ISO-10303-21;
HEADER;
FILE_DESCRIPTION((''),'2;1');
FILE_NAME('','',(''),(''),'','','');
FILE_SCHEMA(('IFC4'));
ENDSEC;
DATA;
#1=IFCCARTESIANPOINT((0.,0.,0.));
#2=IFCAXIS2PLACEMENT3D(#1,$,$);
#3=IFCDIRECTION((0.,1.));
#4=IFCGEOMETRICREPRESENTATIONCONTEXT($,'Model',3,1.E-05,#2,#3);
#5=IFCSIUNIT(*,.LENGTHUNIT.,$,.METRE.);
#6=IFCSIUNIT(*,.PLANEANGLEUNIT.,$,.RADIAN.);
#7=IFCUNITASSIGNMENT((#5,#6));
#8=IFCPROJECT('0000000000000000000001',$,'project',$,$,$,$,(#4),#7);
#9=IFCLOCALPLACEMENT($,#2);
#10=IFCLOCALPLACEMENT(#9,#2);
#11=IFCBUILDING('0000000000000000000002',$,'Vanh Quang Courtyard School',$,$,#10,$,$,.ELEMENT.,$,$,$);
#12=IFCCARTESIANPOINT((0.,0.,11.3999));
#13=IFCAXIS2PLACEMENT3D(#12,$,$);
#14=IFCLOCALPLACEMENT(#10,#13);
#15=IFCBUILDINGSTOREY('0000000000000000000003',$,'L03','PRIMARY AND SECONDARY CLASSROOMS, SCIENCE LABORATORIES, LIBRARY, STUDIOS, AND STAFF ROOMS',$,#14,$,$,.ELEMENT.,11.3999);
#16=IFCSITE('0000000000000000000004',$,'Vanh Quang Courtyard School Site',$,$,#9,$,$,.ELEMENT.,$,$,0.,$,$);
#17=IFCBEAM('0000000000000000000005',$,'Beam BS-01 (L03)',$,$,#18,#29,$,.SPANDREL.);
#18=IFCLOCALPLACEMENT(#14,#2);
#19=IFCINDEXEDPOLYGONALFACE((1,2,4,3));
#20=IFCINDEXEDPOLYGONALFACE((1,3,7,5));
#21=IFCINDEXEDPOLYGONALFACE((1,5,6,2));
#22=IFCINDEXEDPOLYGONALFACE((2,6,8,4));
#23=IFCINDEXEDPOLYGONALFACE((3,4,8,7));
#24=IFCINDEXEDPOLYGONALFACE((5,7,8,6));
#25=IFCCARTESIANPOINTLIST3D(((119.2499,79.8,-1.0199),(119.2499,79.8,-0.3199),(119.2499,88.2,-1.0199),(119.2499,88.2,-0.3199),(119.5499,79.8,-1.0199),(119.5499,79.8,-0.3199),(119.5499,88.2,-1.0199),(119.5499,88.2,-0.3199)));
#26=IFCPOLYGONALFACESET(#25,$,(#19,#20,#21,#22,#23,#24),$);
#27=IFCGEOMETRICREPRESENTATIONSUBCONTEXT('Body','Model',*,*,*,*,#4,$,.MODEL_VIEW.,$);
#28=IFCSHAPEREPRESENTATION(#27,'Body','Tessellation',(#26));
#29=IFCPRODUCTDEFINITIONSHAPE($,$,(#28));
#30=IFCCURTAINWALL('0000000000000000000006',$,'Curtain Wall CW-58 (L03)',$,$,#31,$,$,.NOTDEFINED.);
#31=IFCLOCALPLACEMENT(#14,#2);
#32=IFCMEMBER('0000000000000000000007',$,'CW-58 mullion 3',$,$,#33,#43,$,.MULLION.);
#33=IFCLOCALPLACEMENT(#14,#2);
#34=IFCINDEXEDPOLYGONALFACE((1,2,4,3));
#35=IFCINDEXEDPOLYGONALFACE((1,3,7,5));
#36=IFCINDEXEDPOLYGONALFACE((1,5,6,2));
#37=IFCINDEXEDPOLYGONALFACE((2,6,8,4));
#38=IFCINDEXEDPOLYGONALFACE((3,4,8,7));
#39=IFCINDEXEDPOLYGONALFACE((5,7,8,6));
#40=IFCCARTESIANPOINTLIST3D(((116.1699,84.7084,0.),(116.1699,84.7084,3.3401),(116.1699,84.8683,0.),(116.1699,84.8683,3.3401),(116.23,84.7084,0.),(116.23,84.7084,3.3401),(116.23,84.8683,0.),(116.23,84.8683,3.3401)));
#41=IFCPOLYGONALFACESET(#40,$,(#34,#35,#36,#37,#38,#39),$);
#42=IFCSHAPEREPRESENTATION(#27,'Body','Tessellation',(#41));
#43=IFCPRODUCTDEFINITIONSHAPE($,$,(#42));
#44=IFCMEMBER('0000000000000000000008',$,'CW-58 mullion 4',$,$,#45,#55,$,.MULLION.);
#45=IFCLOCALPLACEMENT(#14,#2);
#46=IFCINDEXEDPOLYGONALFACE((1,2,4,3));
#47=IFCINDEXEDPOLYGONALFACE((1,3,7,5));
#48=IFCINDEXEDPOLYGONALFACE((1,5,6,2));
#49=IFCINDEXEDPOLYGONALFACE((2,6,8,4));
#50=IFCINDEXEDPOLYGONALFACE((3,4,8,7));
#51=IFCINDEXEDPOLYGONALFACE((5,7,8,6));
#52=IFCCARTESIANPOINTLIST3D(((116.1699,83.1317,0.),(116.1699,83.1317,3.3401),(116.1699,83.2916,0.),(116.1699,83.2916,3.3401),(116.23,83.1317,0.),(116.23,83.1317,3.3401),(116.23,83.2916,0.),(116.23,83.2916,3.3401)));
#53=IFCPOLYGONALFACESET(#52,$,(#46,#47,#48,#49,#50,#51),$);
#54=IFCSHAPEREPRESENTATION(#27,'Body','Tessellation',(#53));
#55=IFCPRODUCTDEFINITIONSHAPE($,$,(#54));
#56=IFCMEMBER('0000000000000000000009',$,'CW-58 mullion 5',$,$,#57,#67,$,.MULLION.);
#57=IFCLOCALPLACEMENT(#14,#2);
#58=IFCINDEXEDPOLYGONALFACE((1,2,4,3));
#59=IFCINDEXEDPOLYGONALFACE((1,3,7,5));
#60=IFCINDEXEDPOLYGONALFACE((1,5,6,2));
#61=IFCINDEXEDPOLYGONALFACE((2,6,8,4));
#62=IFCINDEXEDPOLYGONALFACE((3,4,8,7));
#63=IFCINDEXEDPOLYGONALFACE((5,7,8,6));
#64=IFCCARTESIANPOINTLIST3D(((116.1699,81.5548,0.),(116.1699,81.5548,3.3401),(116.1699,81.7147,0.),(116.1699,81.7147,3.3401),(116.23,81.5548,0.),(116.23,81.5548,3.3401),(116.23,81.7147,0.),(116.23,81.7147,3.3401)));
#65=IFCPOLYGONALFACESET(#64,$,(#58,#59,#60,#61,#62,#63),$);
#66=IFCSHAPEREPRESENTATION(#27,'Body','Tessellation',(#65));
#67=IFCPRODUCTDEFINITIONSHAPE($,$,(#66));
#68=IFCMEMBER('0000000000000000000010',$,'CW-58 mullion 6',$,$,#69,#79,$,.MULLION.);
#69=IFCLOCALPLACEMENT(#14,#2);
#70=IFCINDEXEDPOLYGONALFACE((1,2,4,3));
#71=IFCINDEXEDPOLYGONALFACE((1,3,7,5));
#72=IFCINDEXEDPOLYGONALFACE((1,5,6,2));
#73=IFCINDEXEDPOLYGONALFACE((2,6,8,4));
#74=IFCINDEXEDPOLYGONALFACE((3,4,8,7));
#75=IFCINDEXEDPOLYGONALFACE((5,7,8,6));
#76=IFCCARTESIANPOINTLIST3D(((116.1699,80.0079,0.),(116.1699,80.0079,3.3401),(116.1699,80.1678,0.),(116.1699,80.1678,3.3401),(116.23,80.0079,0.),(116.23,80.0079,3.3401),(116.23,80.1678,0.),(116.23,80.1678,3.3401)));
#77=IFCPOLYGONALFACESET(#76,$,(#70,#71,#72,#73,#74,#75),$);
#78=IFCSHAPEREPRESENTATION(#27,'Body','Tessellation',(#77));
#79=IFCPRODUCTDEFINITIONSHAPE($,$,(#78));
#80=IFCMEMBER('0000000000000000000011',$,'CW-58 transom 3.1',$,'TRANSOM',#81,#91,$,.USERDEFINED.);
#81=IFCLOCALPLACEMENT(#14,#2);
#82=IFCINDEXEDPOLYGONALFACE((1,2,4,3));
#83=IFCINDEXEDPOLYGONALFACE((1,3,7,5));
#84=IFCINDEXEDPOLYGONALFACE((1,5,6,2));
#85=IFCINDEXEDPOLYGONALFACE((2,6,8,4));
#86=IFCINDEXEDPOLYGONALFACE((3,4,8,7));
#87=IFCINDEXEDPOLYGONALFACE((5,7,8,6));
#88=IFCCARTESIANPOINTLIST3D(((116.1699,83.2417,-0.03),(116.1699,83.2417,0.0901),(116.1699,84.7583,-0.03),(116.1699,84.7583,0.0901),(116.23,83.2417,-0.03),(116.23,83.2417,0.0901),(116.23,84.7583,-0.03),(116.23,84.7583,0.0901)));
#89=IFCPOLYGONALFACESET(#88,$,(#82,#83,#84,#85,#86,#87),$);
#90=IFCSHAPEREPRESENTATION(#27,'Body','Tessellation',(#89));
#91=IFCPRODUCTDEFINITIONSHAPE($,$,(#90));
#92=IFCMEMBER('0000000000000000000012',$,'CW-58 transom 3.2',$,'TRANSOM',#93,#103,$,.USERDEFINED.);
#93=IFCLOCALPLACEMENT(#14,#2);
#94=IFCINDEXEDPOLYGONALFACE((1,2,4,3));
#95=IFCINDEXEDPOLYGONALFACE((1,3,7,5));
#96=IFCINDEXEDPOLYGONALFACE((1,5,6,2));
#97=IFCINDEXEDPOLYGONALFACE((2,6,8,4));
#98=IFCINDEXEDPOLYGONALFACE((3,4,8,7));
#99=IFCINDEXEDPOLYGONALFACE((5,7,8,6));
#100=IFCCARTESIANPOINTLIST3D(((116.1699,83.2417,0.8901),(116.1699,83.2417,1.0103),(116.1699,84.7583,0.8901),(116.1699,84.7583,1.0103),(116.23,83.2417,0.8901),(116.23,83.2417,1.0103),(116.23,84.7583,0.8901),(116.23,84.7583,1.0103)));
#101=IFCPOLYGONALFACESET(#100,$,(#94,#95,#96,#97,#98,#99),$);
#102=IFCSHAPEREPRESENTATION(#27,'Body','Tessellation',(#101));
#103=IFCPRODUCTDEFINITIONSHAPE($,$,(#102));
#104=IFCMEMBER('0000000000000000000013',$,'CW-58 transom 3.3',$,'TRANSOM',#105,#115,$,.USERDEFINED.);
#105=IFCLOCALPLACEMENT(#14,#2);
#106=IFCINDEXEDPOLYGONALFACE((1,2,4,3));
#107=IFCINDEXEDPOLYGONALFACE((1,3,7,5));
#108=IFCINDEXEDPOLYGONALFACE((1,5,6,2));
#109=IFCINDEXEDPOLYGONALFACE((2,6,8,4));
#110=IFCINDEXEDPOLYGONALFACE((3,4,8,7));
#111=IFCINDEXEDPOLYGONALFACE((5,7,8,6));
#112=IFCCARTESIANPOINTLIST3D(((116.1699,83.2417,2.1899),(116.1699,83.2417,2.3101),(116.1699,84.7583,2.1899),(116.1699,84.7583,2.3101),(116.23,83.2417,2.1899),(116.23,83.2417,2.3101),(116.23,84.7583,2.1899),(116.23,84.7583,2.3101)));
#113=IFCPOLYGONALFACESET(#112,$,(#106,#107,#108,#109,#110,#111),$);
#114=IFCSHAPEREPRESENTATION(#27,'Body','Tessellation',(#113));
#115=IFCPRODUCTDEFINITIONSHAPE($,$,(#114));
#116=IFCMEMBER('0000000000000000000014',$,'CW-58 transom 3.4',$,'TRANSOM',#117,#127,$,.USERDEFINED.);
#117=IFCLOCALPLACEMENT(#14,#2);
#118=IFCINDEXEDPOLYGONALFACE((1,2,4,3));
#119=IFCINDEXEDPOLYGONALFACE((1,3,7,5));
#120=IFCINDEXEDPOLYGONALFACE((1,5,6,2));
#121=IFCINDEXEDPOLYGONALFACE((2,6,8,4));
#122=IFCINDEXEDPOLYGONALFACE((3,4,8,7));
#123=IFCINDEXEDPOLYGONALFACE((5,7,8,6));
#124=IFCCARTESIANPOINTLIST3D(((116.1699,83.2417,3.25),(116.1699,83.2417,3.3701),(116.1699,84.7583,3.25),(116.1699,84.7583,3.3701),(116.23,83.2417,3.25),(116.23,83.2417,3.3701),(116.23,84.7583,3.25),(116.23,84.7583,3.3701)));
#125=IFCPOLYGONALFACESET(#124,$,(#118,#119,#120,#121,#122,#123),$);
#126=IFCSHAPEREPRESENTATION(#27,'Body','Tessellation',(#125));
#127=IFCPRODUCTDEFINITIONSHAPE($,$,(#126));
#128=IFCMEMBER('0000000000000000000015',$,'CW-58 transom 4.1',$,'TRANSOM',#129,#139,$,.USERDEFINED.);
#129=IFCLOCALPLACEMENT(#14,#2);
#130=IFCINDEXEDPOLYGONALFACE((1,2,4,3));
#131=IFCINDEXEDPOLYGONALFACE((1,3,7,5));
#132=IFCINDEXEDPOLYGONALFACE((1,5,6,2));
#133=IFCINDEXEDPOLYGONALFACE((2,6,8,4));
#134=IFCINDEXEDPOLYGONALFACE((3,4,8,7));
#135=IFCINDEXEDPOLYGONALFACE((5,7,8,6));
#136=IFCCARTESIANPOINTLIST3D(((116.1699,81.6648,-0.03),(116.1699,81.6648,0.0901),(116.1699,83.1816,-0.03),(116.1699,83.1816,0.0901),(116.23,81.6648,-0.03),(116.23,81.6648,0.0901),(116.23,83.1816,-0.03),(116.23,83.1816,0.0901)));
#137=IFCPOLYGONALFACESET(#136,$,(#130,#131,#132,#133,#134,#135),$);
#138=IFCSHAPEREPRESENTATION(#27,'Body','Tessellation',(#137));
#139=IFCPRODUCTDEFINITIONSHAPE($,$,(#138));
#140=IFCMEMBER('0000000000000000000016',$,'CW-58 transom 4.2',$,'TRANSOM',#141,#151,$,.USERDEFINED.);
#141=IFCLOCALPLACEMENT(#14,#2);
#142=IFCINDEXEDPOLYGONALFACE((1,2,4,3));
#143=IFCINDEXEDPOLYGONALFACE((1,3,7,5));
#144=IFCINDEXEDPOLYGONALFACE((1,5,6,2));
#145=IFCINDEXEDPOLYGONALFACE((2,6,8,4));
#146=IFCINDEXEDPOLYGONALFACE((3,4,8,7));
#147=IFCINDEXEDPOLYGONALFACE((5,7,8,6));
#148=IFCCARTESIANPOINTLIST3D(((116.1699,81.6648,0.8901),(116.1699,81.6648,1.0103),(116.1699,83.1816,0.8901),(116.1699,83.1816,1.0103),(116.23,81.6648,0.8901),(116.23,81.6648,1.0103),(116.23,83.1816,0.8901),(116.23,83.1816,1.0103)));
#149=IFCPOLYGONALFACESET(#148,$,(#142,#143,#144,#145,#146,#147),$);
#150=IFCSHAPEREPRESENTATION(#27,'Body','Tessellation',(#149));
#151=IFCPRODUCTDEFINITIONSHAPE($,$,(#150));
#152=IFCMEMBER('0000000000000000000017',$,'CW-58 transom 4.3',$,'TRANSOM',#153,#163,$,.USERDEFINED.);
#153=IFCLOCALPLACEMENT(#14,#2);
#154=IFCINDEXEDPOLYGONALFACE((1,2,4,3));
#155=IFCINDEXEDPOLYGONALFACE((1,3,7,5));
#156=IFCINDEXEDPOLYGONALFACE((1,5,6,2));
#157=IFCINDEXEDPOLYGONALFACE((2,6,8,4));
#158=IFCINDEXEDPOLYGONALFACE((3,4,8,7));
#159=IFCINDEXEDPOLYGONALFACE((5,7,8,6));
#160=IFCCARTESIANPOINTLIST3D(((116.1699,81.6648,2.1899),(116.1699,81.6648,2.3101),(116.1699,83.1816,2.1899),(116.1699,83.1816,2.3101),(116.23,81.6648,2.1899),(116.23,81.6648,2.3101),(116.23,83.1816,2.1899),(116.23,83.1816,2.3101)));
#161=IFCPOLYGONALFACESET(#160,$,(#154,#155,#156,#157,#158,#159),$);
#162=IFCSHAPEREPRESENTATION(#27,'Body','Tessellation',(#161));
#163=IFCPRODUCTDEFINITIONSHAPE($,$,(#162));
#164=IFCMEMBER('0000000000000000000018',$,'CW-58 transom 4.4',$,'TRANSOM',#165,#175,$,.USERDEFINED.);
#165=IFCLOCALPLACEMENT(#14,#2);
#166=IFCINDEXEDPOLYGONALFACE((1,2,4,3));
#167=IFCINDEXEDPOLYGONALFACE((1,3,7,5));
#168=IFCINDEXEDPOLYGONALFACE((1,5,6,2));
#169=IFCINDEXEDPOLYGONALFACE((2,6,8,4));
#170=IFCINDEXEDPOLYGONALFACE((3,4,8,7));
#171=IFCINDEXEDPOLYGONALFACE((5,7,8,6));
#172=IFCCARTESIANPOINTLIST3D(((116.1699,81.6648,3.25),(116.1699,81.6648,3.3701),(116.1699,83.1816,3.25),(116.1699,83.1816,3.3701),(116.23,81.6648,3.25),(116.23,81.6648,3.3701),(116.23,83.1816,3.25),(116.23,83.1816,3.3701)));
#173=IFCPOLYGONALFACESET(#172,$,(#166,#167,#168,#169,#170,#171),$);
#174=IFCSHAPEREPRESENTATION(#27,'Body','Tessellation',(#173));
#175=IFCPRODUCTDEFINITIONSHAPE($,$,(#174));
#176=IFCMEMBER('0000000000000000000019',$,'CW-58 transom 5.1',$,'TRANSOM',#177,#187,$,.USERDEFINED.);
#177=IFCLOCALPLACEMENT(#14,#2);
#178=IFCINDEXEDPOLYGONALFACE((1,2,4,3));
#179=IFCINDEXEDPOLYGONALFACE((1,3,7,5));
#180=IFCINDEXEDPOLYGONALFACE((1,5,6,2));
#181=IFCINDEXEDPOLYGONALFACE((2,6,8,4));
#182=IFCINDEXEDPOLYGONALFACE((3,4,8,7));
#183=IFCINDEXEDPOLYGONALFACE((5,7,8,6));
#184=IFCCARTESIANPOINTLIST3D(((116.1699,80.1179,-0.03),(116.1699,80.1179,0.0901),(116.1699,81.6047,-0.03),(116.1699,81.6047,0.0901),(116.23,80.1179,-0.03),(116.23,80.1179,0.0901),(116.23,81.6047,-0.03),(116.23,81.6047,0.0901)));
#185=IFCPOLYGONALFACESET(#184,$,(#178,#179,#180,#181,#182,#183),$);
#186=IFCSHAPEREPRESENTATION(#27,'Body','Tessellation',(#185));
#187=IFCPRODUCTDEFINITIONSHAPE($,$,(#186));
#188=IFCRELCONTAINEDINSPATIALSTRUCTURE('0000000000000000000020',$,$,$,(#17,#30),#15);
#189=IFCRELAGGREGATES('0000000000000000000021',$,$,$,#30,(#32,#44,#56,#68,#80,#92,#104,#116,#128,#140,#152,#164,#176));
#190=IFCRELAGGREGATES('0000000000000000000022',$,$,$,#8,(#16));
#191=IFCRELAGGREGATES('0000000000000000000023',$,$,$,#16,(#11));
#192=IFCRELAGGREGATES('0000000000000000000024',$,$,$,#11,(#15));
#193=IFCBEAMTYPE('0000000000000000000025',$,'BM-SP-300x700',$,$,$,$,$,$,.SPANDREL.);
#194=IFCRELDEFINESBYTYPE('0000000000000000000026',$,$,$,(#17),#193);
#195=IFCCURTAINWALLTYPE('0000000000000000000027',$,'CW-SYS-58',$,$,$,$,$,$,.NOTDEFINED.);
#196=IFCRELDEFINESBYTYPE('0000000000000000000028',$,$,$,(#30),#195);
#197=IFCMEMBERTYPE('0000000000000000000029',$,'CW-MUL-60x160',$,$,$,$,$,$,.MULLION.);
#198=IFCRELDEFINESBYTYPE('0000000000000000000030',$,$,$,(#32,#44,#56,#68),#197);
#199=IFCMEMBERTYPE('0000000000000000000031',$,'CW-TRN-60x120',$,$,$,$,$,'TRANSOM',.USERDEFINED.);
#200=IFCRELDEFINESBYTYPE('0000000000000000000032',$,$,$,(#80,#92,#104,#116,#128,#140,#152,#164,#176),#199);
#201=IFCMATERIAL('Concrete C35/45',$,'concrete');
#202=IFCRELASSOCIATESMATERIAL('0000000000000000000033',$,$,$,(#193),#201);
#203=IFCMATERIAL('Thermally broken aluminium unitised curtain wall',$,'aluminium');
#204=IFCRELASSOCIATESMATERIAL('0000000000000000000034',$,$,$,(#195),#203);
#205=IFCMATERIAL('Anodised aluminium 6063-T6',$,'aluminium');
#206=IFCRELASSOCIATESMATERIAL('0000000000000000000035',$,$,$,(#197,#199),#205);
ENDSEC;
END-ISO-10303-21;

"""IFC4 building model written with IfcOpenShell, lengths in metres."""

from ifc_helpers import new_model, si_unit, direction, frame, origin, origin_2d, place, context, subcontext, project, spatial, rectangle, extrude, material, material_profile, profile_set, type_object, element, aggregate, save


model = new_model("IFC4")

# Units and contexts
model_context = context("Model", 3, precision=1e-05, world=origin(), true_north=direction((0.0, 1.0)))
body_context = subcontext(model_context, "Body", "Model", "MODEL_VIEW")
ifc_project = project(units=[si_unit("LENGTHUNIT", "METRE"), si_unit("PLANEANGLEUNIT", "RADIAN")], contexts=[model_context])

# Site, building, storey
site_placement = place(None, origin())
site = spatial("IfcSite", under=ifc_project, at=site_placement, Name="Vanh Quang Courtyard School Site", CompositionType="ELEMENT", RefElevation=0.0)
building_placement = place(site_placement, origin())
building = spatial("IfcBuilding", under=site, at=building_placement, Name="Vanh Quang Courtyard School", CompositionType="ELEMENT")
storey_placement = place(building_placement, frame((0.0, 0.0, 11.3999)))
storey = spatial("IfcBuildingStorey", under=building, at=storey_placement, Name="L03", Description="PRIMARY AND SECONDARY CLASSROOMS, SCIENCE LABORATORIES, LIBRARY, STUDIOS, AND STAFF ROOMS", CompositionType="ELEMENT", Elevation=11.3999)

# Beam
ifc_material_1 = material(Name="Concrete C35/45", Category="concrete")
ifc_material_profile_1 = material_profile(ifc_material_1, rectangle(XDim=0.3, YDim=0.7, at=origin_2d()), Name="RC-SP 300x700")
ifc_profile_set_1 = profile_set([ifc_material_profile_1], Name="Concrete C35/45")
beam_type = type_object("IfcBeamType", Name="BM-SP-300x700", PredefinedType="SPANDREL", material=ifc_profile_set_1)
beam_placement = place(storey_placement, frame((119.3999, 79.8, -0.6699), z_axis=(0.0, 1.0, 0.0), x_axis=(-1.0, 0.0, 0.0)))
element("IfcBeam", 1, at=beam_placement, inside=storey, type_object=beam_type, Name="Beam BS-01 (L03)", PredefinedType="SPANDREL", context=body_context, shape_type="SweptSolid", body=[
    extrude(rectangle(XDim=0.3, YDim=0.7, at=origin_2d()), origin(), (0.0, 0.0, 1.0), 8.3999),
])

# Curtain wall, members
ifc_material_2 = material(Name="Thermally broken aluminium unitised curtain wall", Category="aluminium")
curtain_wall_type = type_object("IfcCurtainWallType", Name="CW-SYS-58", PredefinedType="NOTDEFINED", material=ifc_material_2)
curtain_wall_placement = place(storey_placement, origin())
curtain_wall = element("IfcCurtainWall", 2, at=curtain_wall_placement, inside=storey, type_object=curtain_wall_type, Name="Curtain Wall CW-58 (L03)", PredefinedType="NOTDEFINED")
ifc_material_3 = material(Name="Anodised aluminium 6063-T6", Category="aluminium")
ifc_material_profile_2 = material_profile(ifc_material_3, rectangle(XDim=0.0601, YDim=0.1599, at=origin_2d()), Name="ALU-MUL 60x160")
ifc_profile_set_2 = profile_set([ifc_material_profile_2], Name="Anodised aluminium 6063-T6")
member_type_1 = type_object("IfcMemberType", Name="CW-MUL-60x160", PredefinedType="MULLION", material=ifc_profile_set_2)
member_1_placement = place(storey_placement, frame((116.2, 84.7883, 0.0), z_axis=(0.0, 0.0, 1.0), x_axis=(1.0, 0.0, 0.0)))
member_1 = element("IfcMember", 3, at=member_1_placement, type_object=member_type_1, Name="CW-58 mullion 3", PredefinedType="MULLION", context=body_context, shape_type="SweptSolid", body=[
    extrude(rectangle(XDim=0.0601, YDim=0.1599, at=origin_2d()), origin(), (0.0, 0.0, 1.0), 3.3401),
])
member_2_placement = place(storey_placement, frame((116.2, 83.2117, 0.0), z_axis=(0.0, 0.0, 1.0), x_axis=(1.0, 0.0, 0.0)))
member_2 = element("IfcMember", 4, at=member_2_placement, type_object=member_type_1, Name="CW-58 mullion 4", PredefinedType="MULLION", context=body_context, shape_type="SweptSolid", body=[
    extrude(rectangle(XDim=0.0601, YDim=0.1599, at=origin_2d()), origin(), (0.0, 0.0, 1.0), 3.3401),
])
member_3_placement = place(storey_placement, frame((116.2, 81.6348, 0.0), z_axis=(0.0, 0.0, 1.0), x_axis=(1.0, 0.0, 0.0)))
member_3 = element("IfcMember", 5, at=member_3_placement, type_object=member_type_1, Name="CW-58 mullion 5", PredefinedType="MULLION", context=body_context, shape_type="SweptSolid", body=[
    extrude(rectangle(XDim=0.0601, YDim=0.1599, at=origin_2d()), origin(), (0.0, 0.0, 1.0), 3.3401),
])
member_4_placement = place(storey_placement, frame((116.2, 80.0879, 0.0), z_axis=(0.0, 0.0, 1.0), x_axis=(1.0, 0.0, 0.0)))
member_4 = element("IfcMember", 6, at=member_4_placement, type_object=member_type_1, Name="CW-58 mullion 6", PredefinedType="MULLION", context=body_context, shape_type="SweptSolid", body=[
    extrude(rectangle(XDim=0.0601, YDim=0.1599, at=origin_2d()), origin(), (0.0, 0.0, 1.0), 3.3401),
])
ifc_material_profile_3 = material_profile(ifc_material_3, rectangle(XDim=0.0601, YDim=0.1201, at=origin_2d()), Name="ALU-TRN 60x120")
ifc_profile_set_3 = profile_set([ifc_material_profile_3], Name="Anodised aluminium 6063-T6")
member_type_2 = type_object("IfcMemberType", Name="CW-TRN-60x120", ElementType="TRANSOM", PredefinedType="USERDEFINED", material=ifc_profile_set_3)
member_5_placement = place(storey_placement, frame((116.2, 84.7583, 0.03), z_axis=(0.0, -1.0, 0.0), x_axis=(1.0, 0.0, 0.0)))
member_5 = element("IfcMember", 7, at=member_5_placement, type_object=member_type_2, Name="CW-58 transom 3.1", ObjectType="TRANSOM", PredefinedType="USERDEFINED", context=body_context, shape_type="SweptSolid", body=[
    extrude(rectangle(XDim=0.0601, YDim=0.1201, at=origin_2d()), origin(), (0.0, 0.0, 1.0), 1.5166),
])
member_6_placement = place(storey_placement, frame((116.2, 84.7583, 0.9502), z_axis=(0.0, -1.0, 0.0), x_axis=(1.0, 0.0, 0.0)))
member_6 = element("IfcMember", 8, at=member_6_placement, type_object=member_type_2, Name="CW-58 transom 3.2", ObjectType="TRANSOM", PredefinedType="USERDEFINED", context=body_context, shape_type="SweptSolid", body=[
    extrude(rectangle(XDim=0.0601, YDim=0.1201, at=origin_2d()), origin(), (0.0, 0.0, 1.0), 1.5166),
])
member_7_placement = place(storey_placement, frame((116.2, 84.7583, 2.25), z_axis=(0.0, -1.0, 0.0), x_axis=(1.0, 0.0, 0.0)))
member_7 = element("IfcMember", 9, at=member_7_placement, type_object=member_type_2, Name="CW-58 transom 3.3", ObjectType="TRANSOM", PredefinedType="USERDEFINED", context=body_context, shape_type="SweptSolid", body=[
    extrude(rectangle(XDim=0.0601, YDim=0.1201, at=origin_2d()), origin(), (0.0, 0.0, 1.0), 1.5166),
])
member_8_placement = place(storey_placement, frame((116.2, 84.7583, 3.3101), z_axis=(0.0, -1.0, 0.0), x_axis=(1.0, 0.0, 0.0)))
member_8 = element("IfcMember", 10, at=member_8_placement, type_object=member_type_2, Name="CW-58 transom 3.4", ObjectType="TRANSOM", PredefinedType="USERDEFINED", context=body_context, shape_type="SweptSolid", body=[
    extrude(rectangle(XDim=0.0601, YDim=0.1201, at=origin_2d()), origin(), (0.0, 0.0, 1.0), 1.5166),
])
member_9_placement = place(storey_placement, frame((116.2, 83.1816, 0.03), z_axis=(0.0, -1.0, 0.0), x_axis=(1.0, 0.0, 0.0)))
member_9 = element("IfcMember", 11, at=member_9_placement, type_object=member_type_2, Name="CW-58 transom 4.1", ObjectType="TRANSOM", PredefinedType="USERDEFINED", context=body_context, shape_type="SweptSolid", body=[
    extrude(rectangle(XDim=0.0601, YDim=0.1201, at=origin_2d()), origin(), (0.0, 0.0, 1.0), 1.5168),
])
member_10_placement = place(storey_placement, frame((116.2, 83.1816, 0.9502), z_axis=(0.0, -1.0, 0.0), x_axis=(1.0, 0.0, 0.0)))
member_10 = element("IfcMember", 12, at=member_10_placement, type_object=member_type_2, Name="CW-58 transom 4.2", ObjectType="TRANSOM", PredefinedType="USERDEFINED", context=body_context, shape_type="SweptSolid", body=[
    extrude(rectangle(XDim=0.0601, YDim=0.1201, at=origin_2d()), origin(), (0.0, 0.0, 1.0), 1.5168),
])
member_11_placement = place(storey_placement, frame((116.2, 83.1816, 2.25), z_axis=(0.0, -1.0, 0.0), x_axis=(1.0, 0.0, 0.0)))
member_11 = element("IfcMember", 13, at=member_11_placement, type_object=member_type_2, Name="CW-58 transom 4.3", ObjectType="TRANSOM", PredefinedType="USERDEFINED", context=body_context, shape_type="SweptSolid", body=[
    extrude(rectangle(XDim=0.0601, YDim=0.1201, at=origin_2d()), origin(), (0.0, 0.0, 1.0), 1.5168),
])
member_12_placement = place(storey_placement, frame((116.2, 83.1816, 3.3101), z_axis=(0.0, -1.0, 0.0), x_axis=(1.0, 0.0, 0.0)))
member_12 = element("IfcMember", 14, at=member_12_placement, type_object=member_type_2, Name="CW-58 transom 4.4", ObjectType="TRANSOM", PredefinedType="USERDEFINED", context=body_context, shape_type="SweptSolid", body=[
    extrude(rectangle(XDim=0.0601, YDim=0.1201, at=origin_2d()), origin(), (0.0, 0.0, 1.0), 1.5168),
])
member_13_placement = place(storey_placement, frame((116.2, 81.6047, 0.03), z_axis=(0.0, -1.0, 0.0), x_axis=(1.0, 0.0, 0.0)))
member_13 = element("IfcMember", 15, at=member_13_placement, type_object=member_type_2, Name="CW-58 transom 5.1", ObjectType="TRANSOM", PredefinedType="USERDEFINED", context=body_context, shape_type="SweptSolid", body=[
    extrude(rectangle(XDim=0.0601, YDim=0.1201, at=origin_2d()), origin(), (0.0, 0.0, 1.0), 1.4868),
])
aggregate(curtain_wall, [member_1, member_2, member_3, member_4, member_5, member_6, member_7, member_8, member_9, member_10, member_11, member_12, member_13])

save(model, "model.ifc")
